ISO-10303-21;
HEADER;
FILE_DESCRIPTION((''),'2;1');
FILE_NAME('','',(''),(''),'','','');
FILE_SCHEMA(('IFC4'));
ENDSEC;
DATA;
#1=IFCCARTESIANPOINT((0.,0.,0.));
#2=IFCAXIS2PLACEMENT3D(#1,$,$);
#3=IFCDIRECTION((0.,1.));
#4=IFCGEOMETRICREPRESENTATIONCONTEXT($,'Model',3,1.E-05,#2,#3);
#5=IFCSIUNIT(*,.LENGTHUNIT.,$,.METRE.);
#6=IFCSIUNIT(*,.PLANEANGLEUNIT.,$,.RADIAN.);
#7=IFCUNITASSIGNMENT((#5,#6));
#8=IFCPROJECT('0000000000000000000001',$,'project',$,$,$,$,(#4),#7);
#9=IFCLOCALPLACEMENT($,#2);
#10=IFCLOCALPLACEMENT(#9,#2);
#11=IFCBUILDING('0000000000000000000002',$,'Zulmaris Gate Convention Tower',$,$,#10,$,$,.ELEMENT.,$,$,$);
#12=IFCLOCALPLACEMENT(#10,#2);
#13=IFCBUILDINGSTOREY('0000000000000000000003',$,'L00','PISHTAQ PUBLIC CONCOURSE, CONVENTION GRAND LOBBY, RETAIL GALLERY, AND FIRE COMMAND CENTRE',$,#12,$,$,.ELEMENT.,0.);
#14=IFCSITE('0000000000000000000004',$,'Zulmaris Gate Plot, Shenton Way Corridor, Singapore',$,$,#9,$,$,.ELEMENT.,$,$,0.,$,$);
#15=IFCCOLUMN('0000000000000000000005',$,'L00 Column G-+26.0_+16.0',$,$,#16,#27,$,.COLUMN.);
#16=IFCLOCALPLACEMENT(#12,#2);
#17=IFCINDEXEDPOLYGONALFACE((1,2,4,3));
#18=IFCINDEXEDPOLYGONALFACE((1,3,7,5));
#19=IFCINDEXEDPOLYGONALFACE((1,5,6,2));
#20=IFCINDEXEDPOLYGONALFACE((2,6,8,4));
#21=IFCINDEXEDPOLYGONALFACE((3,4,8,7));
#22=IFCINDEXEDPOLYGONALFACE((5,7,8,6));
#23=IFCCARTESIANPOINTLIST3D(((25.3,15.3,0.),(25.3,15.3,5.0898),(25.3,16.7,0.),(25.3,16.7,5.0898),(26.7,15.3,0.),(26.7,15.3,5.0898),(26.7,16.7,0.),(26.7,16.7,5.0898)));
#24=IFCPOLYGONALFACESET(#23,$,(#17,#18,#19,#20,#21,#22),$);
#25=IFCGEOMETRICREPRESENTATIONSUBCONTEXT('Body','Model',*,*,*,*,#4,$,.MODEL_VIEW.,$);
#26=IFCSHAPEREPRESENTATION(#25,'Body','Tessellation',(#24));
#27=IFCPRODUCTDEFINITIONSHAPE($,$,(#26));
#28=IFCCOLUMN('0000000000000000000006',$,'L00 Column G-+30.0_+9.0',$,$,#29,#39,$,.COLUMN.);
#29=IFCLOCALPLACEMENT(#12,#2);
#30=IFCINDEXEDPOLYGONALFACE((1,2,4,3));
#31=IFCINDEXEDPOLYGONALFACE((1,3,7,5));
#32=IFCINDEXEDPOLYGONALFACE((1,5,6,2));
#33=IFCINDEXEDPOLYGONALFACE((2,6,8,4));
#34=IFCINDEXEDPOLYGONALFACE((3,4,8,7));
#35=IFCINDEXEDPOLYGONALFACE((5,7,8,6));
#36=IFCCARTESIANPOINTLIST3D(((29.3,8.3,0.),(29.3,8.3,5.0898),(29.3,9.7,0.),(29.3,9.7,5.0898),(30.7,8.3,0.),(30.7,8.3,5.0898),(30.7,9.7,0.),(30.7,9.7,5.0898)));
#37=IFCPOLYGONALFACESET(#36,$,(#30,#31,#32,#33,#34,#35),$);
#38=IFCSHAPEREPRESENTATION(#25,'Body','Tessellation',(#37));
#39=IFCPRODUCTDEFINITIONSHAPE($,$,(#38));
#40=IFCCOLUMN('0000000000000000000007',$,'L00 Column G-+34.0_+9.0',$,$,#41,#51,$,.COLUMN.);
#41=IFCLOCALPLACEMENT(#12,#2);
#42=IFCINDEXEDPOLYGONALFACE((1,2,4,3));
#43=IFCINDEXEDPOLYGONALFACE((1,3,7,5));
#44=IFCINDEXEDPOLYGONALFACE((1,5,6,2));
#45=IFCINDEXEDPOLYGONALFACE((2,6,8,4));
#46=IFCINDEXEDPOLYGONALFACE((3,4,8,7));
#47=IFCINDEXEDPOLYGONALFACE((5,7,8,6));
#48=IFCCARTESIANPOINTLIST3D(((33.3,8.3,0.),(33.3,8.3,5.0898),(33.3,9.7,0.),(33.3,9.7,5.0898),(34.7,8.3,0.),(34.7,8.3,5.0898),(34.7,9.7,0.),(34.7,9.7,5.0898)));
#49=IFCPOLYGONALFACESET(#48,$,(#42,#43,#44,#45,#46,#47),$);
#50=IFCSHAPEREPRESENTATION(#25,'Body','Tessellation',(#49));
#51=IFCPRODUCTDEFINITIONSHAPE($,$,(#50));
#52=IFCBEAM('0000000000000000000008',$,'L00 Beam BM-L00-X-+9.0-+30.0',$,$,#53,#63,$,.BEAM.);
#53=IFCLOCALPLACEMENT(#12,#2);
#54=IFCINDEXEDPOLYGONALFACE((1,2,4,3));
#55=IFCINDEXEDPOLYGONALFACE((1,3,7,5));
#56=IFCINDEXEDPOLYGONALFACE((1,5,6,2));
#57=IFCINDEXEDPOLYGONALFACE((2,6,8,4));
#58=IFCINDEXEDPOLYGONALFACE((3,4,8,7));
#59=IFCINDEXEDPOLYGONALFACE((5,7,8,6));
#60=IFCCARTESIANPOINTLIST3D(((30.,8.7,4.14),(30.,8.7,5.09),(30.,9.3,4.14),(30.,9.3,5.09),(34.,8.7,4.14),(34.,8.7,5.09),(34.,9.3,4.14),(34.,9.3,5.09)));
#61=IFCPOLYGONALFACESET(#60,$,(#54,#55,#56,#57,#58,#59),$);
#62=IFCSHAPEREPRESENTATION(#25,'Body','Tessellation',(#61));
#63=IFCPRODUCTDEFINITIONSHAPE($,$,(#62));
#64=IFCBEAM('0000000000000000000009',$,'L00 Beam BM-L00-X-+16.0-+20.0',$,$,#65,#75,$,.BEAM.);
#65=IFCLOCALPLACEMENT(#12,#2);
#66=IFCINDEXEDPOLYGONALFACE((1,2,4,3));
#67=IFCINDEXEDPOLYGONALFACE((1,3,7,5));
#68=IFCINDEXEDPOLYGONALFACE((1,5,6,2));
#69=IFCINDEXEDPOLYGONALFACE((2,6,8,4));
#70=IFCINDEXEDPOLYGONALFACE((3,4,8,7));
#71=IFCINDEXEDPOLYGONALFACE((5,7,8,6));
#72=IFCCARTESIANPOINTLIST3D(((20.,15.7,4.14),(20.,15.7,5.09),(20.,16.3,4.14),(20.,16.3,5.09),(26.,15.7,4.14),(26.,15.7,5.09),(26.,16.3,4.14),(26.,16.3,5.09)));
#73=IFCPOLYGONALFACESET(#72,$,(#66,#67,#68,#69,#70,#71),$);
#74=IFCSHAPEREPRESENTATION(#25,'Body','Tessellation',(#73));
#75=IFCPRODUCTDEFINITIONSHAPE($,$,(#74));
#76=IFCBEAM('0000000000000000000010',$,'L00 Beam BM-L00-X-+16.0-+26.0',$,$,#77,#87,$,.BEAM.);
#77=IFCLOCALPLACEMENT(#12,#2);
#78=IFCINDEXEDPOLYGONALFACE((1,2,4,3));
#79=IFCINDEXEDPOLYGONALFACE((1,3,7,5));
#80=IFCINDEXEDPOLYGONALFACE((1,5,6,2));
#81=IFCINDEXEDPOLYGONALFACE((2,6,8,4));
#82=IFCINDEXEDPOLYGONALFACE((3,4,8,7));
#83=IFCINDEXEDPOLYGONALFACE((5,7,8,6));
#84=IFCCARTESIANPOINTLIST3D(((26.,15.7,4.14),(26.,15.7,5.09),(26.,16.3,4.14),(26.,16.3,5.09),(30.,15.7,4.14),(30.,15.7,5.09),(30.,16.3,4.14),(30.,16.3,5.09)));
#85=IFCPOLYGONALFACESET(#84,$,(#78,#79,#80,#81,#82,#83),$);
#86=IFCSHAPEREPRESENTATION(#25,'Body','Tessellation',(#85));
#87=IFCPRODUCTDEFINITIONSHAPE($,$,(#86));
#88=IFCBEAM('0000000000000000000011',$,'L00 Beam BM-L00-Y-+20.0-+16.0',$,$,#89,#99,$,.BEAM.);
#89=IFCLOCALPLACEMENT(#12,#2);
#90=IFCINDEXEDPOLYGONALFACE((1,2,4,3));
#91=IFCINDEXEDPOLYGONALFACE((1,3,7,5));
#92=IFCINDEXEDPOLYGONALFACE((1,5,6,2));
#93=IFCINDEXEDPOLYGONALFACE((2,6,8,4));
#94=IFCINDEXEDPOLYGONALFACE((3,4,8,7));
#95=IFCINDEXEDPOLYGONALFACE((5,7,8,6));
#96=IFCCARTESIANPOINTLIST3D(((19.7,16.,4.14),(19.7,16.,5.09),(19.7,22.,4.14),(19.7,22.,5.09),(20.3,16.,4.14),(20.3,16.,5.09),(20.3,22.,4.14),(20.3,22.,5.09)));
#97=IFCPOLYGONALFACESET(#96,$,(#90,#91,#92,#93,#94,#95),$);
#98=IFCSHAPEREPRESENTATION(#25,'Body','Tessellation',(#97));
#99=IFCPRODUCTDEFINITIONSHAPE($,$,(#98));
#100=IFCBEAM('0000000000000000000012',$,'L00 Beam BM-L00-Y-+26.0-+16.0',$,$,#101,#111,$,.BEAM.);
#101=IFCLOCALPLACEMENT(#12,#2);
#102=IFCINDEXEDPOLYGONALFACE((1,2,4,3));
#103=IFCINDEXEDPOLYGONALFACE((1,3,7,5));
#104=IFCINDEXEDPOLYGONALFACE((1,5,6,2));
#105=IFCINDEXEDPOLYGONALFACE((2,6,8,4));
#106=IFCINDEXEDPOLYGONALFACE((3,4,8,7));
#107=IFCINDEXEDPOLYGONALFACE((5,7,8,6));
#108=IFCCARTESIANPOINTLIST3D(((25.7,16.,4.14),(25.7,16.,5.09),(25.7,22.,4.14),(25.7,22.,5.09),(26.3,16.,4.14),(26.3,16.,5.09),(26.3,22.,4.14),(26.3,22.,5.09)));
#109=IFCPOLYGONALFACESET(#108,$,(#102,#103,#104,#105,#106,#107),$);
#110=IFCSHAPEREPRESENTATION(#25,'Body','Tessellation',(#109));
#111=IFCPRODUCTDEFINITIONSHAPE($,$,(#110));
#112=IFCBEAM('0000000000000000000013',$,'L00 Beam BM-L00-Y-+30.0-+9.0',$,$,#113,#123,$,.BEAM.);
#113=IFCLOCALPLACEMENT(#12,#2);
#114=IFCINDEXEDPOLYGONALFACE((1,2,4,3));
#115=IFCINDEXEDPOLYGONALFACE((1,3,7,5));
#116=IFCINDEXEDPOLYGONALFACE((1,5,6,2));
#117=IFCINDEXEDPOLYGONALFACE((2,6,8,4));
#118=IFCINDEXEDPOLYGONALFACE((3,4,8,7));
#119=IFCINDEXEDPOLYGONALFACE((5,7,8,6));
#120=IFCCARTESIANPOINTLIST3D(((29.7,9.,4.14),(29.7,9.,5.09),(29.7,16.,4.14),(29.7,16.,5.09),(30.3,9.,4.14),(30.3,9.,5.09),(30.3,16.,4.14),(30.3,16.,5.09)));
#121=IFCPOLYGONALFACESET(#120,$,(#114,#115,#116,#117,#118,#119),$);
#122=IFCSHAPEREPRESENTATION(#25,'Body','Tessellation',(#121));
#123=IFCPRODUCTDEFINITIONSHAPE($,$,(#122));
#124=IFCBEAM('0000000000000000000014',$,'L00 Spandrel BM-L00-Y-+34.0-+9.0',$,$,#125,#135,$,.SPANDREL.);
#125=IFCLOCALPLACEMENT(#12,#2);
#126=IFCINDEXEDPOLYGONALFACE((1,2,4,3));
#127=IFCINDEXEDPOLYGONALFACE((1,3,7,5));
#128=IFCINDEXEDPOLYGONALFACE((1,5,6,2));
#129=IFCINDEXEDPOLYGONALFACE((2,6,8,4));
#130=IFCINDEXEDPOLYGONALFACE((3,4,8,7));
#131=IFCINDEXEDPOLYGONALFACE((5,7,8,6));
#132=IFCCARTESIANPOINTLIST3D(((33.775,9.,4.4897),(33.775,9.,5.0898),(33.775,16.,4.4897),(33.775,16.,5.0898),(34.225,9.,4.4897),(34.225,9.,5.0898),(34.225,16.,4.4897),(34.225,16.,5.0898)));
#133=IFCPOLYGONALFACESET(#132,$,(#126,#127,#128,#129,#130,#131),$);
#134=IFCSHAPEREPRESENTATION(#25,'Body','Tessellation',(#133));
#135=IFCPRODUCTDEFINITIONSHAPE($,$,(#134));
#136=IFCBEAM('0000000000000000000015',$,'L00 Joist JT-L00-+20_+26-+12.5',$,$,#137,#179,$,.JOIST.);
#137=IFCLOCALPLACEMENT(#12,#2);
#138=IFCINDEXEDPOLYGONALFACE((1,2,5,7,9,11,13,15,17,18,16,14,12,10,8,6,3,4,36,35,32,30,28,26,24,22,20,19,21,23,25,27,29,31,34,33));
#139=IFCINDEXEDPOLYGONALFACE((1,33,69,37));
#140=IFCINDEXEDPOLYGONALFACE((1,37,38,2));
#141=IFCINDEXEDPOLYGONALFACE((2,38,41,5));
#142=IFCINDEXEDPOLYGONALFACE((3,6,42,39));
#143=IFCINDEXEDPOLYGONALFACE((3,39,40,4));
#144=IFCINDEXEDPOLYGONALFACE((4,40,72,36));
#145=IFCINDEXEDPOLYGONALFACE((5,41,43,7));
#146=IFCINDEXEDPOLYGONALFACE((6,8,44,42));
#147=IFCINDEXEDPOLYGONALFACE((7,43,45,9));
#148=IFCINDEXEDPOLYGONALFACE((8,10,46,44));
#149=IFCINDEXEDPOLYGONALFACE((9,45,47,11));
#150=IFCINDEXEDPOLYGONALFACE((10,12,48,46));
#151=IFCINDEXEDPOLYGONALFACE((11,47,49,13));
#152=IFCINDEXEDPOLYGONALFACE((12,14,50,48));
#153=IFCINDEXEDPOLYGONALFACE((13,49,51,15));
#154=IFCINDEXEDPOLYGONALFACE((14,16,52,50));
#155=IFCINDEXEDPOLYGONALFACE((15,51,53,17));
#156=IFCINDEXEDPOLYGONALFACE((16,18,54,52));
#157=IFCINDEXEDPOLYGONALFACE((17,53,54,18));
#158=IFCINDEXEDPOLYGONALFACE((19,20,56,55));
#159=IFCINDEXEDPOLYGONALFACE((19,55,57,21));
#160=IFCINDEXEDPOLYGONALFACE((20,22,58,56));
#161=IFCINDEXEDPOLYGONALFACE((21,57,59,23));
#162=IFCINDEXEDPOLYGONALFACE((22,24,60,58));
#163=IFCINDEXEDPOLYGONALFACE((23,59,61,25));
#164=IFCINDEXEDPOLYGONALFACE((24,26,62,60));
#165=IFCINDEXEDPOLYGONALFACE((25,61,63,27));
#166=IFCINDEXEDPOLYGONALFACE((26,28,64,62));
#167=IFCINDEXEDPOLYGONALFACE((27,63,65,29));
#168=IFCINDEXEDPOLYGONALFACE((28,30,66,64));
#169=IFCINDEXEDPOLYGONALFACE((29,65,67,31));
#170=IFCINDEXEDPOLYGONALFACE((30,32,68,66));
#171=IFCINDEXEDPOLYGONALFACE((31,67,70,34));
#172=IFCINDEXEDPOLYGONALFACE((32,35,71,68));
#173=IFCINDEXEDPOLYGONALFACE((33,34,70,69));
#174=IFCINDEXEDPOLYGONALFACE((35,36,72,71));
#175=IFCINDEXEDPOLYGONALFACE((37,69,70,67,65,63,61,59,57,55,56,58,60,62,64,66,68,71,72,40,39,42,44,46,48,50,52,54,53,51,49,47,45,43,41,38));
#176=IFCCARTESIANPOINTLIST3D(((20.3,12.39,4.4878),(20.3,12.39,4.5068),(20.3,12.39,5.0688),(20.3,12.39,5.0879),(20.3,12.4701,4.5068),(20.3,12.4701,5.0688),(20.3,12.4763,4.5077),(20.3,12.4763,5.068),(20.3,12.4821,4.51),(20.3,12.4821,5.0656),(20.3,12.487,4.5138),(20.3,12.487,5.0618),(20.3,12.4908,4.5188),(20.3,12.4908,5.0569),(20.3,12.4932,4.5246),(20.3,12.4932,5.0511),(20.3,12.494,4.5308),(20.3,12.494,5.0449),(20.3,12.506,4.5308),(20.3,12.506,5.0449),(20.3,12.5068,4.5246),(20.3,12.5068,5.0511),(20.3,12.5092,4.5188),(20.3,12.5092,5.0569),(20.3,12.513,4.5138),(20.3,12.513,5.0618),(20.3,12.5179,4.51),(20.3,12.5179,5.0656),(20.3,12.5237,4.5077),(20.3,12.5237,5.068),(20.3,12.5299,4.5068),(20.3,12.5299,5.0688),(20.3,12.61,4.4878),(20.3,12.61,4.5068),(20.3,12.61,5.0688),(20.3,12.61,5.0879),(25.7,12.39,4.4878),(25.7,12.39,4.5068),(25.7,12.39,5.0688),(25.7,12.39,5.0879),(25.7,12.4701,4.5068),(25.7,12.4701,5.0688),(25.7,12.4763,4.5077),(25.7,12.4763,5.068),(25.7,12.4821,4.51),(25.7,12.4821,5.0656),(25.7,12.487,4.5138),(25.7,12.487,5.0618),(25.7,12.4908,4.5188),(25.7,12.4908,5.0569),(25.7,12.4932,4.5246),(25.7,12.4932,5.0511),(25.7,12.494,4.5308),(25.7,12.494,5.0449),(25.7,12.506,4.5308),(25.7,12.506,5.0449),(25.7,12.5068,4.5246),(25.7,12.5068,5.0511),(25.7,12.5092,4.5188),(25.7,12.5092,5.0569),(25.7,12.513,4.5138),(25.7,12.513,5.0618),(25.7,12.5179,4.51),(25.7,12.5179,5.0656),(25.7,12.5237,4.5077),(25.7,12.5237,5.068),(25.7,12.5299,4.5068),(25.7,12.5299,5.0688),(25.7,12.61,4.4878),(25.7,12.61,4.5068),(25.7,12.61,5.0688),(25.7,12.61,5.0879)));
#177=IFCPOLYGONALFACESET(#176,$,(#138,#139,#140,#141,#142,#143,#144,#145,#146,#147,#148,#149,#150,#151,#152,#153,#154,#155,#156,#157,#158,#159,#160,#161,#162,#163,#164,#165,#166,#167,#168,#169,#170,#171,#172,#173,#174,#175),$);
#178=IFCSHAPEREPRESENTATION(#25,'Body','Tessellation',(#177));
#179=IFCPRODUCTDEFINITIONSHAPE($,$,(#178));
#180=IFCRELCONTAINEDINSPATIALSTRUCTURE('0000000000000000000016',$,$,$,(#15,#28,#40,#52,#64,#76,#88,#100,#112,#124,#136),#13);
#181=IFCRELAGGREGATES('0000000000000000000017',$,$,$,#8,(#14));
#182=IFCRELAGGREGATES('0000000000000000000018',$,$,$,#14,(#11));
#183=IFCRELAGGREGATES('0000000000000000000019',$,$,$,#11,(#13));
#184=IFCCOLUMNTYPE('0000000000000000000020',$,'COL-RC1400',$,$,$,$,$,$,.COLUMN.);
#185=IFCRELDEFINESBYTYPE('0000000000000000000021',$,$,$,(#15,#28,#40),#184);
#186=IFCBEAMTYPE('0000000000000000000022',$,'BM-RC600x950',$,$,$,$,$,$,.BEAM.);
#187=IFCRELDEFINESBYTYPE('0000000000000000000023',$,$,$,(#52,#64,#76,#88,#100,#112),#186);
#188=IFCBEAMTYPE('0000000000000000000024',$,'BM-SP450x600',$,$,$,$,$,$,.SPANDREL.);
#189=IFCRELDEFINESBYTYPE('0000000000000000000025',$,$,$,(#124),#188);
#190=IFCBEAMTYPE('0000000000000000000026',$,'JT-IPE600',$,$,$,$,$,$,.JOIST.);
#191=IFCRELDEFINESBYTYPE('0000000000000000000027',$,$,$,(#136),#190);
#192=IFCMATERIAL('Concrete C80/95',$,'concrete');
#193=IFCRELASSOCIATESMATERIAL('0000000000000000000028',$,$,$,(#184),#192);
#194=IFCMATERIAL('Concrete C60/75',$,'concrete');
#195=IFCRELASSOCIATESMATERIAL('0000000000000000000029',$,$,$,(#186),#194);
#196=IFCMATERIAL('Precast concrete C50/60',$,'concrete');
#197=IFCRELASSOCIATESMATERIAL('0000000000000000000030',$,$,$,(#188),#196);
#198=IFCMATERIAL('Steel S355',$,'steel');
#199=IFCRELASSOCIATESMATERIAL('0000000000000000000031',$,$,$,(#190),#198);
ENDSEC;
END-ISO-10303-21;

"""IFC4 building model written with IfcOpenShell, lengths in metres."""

from ifc_helpers import new_model, si_unit, direction, frame, origin, origin_2d, place, context, subcontext, project, spatial, rectangle, i_section, extrude, material, material_profile, profile_set, type_object, element, save


model = new_model("IFC4")

# Units and contexts
model_context = context("Model", 3, precision=1e-05, world=origin(), true_north=direction((0.0, 1.0)))
body_context = subcontext(model_context, "Body", "Model", "MODEL_VIEW")
ifc_project = project(units=[si_unit("LENGTHUNIT", "METRE"), si_unit("PLANEANGLEUNIT", "RADIAN")], contexts=[model_context])

# Site, building, storey
site_placement = place(None, origin())
site = spatial("IfcSite", under=ifc_project, at=site_placement, Name="Zulmaris Gate Plot, Shenton Way Corridor, Singapore", CompositionType="ELEMENT", RefElevation=0.0)
building_placement = place(site_placement, origin())
building = spatial("IfcBuilding", under=site, at=building_placement, Name="Zulmaris Gate Convention Tower", CompositionType="ELEMENT")
storey_placement = place(building_placement, origin())
storey = spatial("IfcBuildingStorey", under=building, at=storey_placement, Name="L00", Description="PISHTAQ PUBLIC CONCOURSE, CONVENTION GRAND LOBBY, RETAIL GALLERY, AND FIRE COMMAND CENTRE", CompositionType="ELEMENT", Elevation=0.0)

# Columns
ifc_material_1 = material(Name="Concrete C80/95", Category="concrete")
ifc_material_profile_1 = material_profile(ifc_material_1, rectangle(XDim=1.3999, YDim=1.3999, at=origin_2d()), Name="RC COL 1400x1400")
ifc_profile_set_1 = profile_set([ifc_material_profile_1], Name="Concrete C80/95")
column_type = type_object("IfcColumnType", Name="COL-RC1400", PredefinedType="COLUMN", material=ifc_profile_set_1)
for number, where, z_axis, x_axis, name in (
    (1, (26.0, 16.0, 0.0), (0.0, 0.0, 1.0), (1.0, 0.0, 0.0), "L00 Column G-+26.0_+16.0"),
    (2, (30.0, 9.0, 0.0), (0.0, 0.0, 1.0), (1.0, 0.0, 0.0), "L00 Column G-+30.0_+9.0"),
    (3, (34.0, 9.0, 0.0), (0.0, 0.0, 1.0), (1.0, 0.0, 0.0), "L00 Column G-+34.0_+9.0"),
):
    element("IfcColumn", number, at=place(storey_placement, frame(where, z_axis=z_axis, x_axis=x_axis)), inside=storey, type_object=column_type, Name=name, PredefinedType="COLUMN", context=body_context, shape_type="SweptSolid", body=[
        extrude(rectangle(XDim=1.3999, YDim=1.3999, at=origin_2d()), origin(), (0.0, 0.0, 1.0), 5.0898),
    ])

# Beams
ifc_material_2 = material(Name="Concrete C60/75", Category="concrete")
ifc_material_profile_2 = material_profile(ifc_material_2, rectangle(XDim=0.6001, YDim=0.95, at=origin_2d()), Name="RC BEAM 600x950")
ifc_profile_set_2 = profile_set([ifc_material_profile_2], Name="Concrete C60/75")
beam_type_1 = type_object("IfcBeamType", Name="BM-RC600x950", PredefinedType="BEAM", material=ifc_profile_set_2)
beam_1_placement = place(storey_placement, frame((30.0, 9.0, 4.615), z_axis=(1.0, 0.0, 0.0), x_axis=(0.0, 1.0, 0.0)))
element("IfcBeam", 4, at=beam_1_placement, inside=storey, type_object=beam_type_1, Name="L00 Beam BM-L00-X-+9.0-+30.0", PredefinedType="BEAM", context=body_context, shape_type="SweptSolid", body=[
    extrude(rectangle(XDim=0.6001, YDim=0.95, at=origin_2d()), origin(), (0.0, 0.0, 1.0), 4.0),
])
beam_2_placement = place(storey_placement, frame((20.0, 16.0, 4.615), z_axis=(1.0, 0.0, 0.0), x_axis=(0.0, 1.0, 0.0)))
element("IfcBeam", 5, at=beam_2_placement, inside=storey, type_object=beam_type_1, Name="L00 Beam BM-L00-X-+16.0-+20.0", PredefinedType="BEAM", context=body_context, shape_type="SweptSolid", body=[
    extrude(rectangle(XDim=0.6001, YDim=0.95, at=origin_2d()), origin(), (0.0, 0.0, 1.0), 6.0),
])
beam_3_placement = place(storey_placement, frame((26.0, 16.0, 4.615), z_axis=(1.0, 0.0, 0.0), x_axis=(0.0, 1.0, 0.0)))
element("IfcBeam", 6, at=beam_3_placement, inside=storey, type_object=beam_type_1, Name="L00 Beam BM-L00-X-+16.0-+26.0", PredefinedType="BEAM", context=body_context, shape_type="SweptSolid", body=[
    extrude(rectangle(XDim=0.6001, YDim=0.95, at=origin_2d()), origin(), (0.0, 0.0, 1.0), 4.0),
])
for number, where, z_axis, x_axis, name in (
    (7, (20.0, 16.0, 4.615), (0.0, 1.0, 0.0), (-1.0, 0.0, 0.0), "L00 Beam BM-L00-Y-+20.0-+16.0"),
    (8, (26.0, 16.0, 4.615), (0.0, 1.0, 0.0), (-1.0, 0.0, 0.0), "L00 Beam BM-L00-Y-+26.0-+16.0"),
):
    element("IfcBeam", number, at=place(storey_placement, frame(where, z_axis=z_axis, x_axis=x_axis)), inside=storey, type_object=beam_type_1, Name=name, PredefinedType="BEAM", context=body_context, shape_type="SweptSolid", body=[
        extrude(rectangle(XDim=0.6001, YDim=0.95, at=origin_2d()), origin(), (0.0, 0.0, 1.0), 6.0),
    ])
beam_4_placement = place(storey_placement, frame((30.0, 9.0, 4.615), z_axis=(0.0, 1.0, 0.0), x_axis=(-1.0, 0.0, 0.0)))
element("IfcBeam", 9, at=beam_4_placement, inside=storey, type_object=beam_type_1, Name="L00 Beam BM-L00-Y-+30.0-+9.0", PredefinedType="BEAM", context=body_context, shape_type="SweptSolid", body=[
    extrude(rectangle(XDim=0.6001, YDim=0.95, at=origin_2d()), origin(), (0.0, 0.0, 1.0), 7.0),
])
ifc_material_3 = material(Name="Precast concrete C50/60", Category="concrete")
ifc_material_profile_3 = material_profile(ifc_material_3, rectangle(XDim=0.45, YDim=0.6001, at=origin_2d()), Name="RC SPANDREL 450x600")
ifc_profile_set_3 = profile_set([ifc_material_profile_3], Name="Precast concrete C50/60")
beam_type_2 = type_object("IfcBeamType", Name="BM-SP450x600", PredefinedType="SPANDREL", material=ifc_profile_set_3)
beam_5_placement = place(storey_placement, frame((34.0, 9.0, 4.7898), z_axis=(0.0, 1.0, 0.0), x_axis=(-1.0, 0.0, 0.0)))
element("IfcBeam", 10, at=beam_5_placement, inside=storey, type_object=beam_type_2, Name="L00 Spandrel BM-L00-Y-+34.0-+9.0", PredefinedType="SPANDREL", context=body_context, shape_type="SweptSolid", body=[
    extrude(rectangle(XDim=0.45, YDim=0.6001, at=origin_2d()), origin(), (0.0, 0.0, 1.0), 7.0),
])
ifc_material_4 = material(Name="Steel S355", Category="steel")
ifc_material_profile_4 = material_profile(ifc_material_4, i_section(OverallWidth=0.22, OverallDepth=0.6001, WebThickness=0.012, FlangeThickness=0.019, FilletRadius=0.0239, at=origin_2d()), Name="IPE 600")
ifc_profile_set_4 = profile_set([ifc_material_profile_4], Name="Steel S355")
beam_type_3 = type_object("IfcBeamType", Name="JT-IPE600", PredefinedType="JOIST", material=ifc_profile_set_4)
beam_6_placement = place(storey_placement, frame((20.3, 12.5, 4.7878), z_axis=(1.0, 0.0, 0.0), x_axis=(0.0, 1.0, 0.0)))
element("IfcBeam", 11, at=beam_6_placement, inside=storey, type_object=beam_type_3, Name="L00 Joist JT-L00-+20_+26-+12.5", PredefinedType="JOIST", context=body_context, shape_type="SweptSolid", body=[
    extrude(i_section(OverallWidth=0.22, OverallDepth=0.6001, WebThickness=0.012, FlangeThickness=0.019, FilletRadius=0.0239, at=origin_2d()), origin(), (0.0, 0.0, 1.0), 5.3999),
])

save(model, "model.ifc")
